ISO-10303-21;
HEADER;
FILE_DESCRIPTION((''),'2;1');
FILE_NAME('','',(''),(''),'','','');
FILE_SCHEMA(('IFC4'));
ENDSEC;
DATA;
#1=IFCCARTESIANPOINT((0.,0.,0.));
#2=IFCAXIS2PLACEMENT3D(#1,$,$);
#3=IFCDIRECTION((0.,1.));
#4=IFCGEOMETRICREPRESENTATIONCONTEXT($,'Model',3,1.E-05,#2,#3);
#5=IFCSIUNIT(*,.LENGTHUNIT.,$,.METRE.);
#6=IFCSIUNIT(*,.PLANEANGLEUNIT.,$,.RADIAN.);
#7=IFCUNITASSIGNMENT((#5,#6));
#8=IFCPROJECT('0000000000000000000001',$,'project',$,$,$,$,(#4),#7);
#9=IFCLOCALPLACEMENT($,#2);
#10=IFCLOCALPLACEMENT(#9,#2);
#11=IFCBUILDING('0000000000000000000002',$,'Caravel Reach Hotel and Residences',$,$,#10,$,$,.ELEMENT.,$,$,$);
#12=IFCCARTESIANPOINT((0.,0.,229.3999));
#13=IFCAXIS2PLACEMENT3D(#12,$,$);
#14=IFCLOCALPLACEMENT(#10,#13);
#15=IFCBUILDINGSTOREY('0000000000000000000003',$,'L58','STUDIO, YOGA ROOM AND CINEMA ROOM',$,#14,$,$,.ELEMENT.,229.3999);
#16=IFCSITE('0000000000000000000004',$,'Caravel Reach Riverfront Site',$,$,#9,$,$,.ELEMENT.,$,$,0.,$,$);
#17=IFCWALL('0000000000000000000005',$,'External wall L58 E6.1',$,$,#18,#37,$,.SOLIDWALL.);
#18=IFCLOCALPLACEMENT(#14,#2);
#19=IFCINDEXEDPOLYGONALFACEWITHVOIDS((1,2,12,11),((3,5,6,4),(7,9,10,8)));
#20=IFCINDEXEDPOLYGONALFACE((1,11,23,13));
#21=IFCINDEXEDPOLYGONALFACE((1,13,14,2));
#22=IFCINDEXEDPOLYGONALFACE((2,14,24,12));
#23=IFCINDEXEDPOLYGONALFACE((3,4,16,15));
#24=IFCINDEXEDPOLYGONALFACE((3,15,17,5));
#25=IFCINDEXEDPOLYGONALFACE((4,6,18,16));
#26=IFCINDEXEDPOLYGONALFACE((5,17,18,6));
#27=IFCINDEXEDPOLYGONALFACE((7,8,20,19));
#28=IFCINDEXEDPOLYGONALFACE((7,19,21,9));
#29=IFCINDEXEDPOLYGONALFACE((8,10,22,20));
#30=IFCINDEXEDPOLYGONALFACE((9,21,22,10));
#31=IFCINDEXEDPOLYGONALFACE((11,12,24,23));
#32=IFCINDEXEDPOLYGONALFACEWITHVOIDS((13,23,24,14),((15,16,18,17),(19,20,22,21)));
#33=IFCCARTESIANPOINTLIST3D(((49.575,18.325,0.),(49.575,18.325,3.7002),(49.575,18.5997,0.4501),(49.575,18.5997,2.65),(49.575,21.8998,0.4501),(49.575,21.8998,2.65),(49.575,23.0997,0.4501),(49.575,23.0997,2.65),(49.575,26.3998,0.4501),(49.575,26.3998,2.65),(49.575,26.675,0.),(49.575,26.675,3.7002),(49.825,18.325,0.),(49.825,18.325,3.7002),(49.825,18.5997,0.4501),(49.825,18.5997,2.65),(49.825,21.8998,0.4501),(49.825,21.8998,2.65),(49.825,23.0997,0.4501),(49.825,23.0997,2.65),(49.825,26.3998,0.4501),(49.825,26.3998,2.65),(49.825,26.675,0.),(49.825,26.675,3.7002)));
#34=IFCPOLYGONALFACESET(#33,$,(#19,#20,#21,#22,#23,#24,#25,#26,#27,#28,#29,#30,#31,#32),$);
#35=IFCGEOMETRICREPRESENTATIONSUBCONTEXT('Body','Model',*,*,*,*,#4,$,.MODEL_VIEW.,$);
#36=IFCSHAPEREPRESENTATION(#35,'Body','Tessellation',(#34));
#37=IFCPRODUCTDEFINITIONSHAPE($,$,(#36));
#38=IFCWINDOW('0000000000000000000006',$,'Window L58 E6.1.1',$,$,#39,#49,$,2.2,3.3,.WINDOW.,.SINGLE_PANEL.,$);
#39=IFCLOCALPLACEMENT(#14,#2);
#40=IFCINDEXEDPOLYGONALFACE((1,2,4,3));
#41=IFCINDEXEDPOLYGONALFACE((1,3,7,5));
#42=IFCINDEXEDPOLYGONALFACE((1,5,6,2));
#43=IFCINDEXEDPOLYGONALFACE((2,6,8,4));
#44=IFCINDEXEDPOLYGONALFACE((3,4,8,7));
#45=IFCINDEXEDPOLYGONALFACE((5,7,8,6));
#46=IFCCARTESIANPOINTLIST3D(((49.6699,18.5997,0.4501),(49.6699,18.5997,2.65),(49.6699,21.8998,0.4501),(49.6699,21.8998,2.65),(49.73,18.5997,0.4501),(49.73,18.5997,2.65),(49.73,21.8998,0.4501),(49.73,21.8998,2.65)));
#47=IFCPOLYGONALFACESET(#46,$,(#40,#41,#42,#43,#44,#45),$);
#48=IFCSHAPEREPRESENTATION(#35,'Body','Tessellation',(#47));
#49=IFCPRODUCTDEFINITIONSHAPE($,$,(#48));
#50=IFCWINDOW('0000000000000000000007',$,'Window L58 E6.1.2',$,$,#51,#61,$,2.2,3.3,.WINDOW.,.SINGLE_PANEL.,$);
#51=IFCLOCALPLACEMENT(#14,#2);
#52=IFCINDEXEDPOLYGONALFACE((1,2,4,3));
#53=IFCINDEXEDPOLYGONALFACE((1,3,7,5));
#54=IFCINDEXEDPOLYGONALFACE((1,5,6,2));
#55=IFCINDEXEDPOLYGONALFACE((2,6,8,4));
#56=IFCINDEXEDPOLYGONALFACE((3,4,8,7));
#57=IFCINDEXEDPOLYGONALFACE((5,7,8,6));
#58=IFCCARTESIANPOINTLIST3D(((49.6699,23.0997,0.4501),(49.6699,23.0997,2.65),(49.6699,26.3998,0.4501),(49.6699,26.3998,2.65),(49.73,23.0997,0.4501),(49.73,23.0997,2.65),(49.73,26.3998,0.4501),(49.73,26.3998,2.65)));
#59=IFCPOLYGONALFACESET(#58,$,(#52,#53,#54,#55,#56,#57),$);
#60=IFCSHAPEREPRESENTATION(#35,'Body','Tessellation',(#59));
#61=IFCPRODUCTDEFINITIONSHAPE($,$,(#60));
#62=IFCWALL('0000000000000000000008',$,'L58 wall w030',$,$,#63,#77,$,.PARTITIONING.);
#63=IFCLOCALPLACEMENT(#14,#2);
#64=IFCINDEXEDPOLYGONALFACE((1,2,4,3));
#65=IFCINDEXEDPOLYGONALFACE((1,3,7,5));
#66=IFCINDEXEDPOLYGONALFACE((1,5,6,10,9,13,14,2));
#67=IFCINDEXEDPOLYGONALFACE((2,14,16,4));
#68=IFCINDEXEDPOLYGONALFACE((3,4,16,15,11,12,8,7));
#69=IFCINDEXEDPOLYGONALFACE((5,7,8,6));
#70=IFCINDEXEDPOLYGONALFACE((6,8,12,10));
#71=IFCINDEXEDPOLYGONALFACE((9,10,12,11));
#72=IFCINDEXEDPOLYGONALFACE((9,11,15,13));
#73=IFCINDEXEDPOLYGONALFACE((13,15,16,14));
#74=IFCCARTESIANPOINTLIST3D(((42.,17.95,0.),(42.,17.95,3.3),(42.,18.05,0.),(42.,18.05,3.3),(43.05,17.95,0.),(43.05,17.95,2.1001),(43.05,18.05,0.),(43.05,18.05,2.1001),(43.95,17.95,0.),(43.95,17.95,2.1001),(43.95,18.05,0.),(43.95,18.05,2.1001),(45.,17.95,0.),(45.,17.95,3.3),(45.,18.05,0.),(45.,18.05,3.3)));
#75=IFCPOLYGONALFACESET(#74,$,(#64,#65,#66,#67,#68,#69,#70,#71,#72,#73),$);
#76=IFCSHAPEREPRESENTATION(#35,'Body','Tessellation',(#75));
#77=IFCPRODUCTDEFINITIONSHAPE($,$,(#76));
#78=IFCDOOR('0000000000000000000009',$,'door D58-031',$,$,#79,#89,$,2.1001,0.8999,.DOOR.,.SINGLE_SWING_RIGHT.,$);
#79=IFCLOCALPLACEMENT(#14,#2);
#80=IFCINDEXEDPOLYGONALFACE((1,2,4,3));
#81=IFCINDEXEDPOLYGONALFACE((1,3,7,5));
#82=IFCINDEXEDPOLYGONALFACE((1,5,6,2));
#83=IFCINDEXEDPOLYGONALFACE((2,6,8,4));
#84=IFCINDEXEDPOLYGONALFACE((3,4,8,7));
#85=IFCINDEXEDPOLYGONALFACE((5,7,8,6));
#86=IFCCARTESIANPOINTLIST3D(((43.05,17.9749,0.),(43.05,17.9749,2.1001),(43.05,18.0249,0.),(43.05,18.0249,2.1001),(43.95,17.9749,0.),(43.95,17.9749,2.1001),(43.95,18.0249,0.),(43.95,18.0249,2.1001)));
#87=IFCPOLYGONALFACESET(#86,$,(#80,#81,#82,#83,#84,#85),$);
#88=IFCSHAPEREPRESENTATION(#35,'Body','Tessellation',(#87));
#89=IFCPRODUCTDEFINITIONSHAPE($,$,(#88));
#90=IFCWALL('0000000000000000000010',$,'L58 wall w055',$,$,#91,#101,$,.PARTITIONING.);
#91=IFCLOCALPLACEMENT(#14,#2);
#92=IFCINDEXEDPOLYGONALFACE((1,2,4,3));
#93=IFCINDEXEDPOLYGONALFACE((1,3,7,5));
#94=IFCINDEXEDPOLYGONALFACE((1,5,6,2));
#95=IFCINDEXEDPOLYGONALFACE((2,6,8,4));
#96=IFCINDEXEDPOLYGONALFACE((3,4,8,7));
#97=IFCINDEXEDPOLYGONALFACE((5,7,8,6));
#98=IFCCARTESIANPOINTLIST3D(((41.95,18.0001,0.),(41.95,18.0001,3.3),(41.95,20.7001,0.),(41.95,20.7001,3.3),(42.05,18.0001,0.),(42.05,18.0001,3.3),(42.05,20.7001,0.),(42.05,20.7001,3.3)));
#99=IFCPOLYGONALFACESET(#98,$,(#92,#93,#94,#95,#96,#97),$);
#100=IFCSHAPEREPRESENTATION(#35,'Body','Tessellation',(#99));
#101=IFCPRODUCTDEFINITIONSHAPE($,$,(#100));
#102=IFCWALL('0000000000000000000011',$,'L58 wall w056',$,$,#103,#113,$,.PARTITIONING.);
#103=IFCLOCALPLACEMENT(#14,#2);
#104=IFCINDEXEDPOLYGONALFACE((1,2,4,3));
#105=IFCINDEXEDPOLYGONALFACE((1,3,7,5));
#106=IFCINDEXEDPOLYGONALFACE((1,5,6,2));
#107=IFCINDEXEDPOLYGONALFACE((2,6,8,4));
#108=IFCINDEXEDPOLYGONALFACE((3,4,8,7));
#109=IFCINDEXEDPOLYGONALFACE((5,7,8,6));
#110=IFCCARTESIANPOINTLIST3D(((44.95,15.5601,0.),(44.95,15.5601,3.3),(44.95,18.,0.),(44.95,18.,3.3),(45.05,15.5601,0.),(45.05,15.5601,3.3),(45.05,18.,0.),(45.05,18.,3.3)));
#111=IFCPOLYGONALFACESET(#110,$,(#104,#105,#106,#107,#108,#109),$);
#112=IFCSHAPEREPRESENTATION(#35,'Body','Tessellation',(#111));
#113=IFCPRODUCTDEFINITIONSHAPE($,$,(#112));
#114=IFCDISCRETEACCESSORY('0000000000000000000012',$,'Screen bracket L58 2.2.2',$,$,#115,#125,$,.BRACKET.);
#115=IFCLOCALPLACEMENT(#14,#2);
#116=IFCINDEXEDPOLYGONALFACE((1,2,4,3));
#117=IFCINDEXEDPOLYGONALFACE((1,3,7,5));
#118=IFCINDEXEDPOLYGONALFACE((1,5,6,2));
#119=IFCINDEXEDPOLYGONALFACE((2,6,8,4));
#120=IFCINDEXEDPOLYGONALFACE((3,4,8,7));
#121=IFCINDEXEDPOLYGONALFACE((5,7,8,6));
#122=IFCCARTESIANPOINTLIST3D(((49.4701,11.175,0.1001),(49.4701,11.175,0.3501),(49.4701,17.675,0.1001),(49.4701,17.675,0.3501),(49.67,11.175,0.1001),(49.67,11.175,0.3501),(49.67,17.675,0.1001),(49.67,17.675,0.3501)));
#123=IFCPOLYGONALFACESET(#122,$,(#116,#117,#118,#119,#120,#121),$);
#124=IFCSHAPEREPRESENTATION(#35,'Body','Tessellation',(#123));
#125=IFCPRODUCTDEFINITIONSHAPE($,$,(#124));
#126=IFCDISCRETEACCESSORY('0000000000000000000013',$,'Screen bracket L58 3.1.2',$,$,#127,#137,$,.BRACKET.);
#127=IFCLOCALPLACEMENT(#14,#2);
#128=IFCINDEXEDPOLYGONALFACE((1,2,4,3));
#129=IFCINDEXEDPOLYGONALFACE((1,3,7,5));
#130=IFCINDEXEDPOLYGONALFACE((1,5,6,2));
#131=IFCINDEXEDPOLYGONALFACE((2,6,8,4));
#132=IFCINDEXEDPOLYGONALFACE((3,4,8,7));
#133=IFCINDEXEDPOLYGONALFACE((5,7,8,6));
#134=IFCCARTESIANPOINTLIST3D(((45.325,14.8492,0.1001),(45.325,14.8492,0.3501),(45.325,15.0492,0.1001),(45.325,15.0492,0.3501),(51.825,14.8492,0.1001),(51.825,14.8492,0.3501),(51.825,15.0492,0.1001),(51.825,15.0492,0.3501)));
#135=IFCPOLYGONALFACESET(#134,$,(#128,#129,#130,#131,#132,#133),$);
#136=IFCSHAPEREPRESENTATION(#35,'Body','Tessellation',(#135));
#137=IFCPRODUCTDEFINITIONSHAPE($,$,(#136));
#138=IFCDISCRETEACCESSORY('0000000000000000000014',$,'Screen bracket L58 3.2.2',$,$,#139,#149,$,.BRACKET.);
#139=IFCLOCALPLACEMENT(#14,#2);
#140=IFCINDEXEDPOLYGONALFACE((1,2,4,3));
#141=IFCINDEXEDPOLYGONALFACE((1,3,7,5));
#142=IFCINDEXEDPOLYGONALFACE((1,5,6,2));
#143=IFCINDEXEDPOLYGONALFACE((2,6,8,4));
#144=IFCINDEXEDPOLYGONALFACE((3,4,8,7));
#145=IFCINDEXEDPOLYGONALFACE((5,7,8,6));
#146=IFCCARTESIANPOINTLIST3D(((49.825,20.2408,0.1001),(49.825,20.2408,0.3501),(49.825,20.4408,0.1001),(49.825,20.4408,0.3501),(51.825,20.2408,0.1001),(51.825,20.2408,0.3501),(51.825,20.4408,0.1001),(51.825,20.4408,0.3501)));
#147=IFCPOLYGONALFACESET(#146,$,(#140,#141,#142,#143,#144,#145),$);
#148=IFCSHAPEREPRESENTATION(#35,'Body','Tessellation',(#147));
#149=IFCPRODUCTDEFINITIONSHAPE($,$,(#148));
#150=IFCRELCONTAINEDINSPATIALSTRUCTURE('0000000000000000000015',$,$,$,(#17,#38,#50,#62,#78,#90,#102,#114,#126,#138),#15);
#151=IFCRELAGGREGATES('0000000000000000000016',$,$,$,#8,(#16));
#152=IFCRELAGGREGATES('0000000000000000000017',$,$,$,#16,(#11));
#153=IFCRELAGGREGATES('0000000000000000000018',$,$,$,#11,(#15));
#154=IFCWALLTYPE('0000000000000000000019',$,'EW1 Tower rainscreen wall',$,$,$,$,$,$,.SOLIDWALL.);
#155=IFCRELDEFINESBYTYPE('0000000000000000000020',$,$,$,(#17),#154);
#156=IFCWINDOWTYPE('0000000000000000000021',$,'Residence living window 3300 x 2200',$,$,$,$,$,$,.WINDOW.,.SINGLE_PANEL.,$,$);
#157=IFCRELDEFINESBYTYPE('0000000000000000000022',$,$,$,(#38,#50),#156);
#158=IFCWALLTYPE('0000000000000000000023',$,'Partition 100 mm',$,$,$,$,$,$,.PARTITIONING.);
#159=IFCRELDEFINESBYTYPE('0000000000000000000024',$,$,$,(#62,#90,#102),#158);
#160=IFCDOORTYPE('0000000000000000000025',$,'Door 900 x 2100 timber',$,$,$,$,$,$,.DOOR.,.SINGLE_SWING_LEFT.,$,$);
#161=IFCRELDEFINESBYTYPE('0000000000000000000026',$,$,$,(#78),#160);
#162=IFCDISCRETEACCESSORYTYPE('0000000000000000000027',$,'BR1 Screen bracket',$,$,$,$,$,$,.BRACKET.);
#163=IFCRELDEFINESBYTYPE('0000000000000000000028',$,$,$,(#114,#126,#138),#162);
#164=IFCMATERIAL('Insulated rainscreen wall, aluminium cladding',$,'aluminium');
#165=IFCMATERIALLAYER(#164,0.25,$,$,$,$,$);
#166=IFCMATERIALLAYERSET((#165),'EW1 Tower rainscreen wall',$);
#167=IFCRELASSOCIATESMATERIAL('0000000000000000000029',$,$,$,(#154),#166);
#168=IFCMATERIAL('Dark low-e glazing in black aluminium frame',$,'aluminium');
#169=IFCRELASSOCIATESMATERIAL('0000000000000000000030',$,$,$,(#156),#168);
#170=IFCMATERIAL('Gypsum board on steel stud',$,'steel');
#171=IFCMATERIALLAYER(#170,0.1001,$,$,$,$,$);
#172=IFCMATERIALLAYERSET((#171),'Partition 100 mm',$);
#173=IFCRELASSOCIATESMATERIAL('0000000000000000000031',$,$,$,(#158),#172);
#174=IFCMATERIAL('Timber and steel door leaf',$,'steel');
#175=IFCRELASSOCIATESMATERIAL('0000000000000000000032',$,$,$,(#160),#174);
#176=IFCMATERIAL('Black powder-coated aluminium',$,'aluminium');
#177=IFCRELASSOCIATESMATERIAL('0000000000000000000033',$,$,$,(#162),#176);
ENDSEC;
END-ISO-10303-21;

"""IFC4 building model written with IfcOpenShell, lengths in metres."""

from ifc_helpers import new_model, si_unit, direction, frame, frame_2d, origin, origin_2d, place, context, subcontext, project, spatial, rectangle, extrude, material, layer, layer_set, type_object, element, fill, save


model = new_model("IFC4")

# Units and contexts
model_context = context("Model", 3, precision=1e-05, world=origin(), true_north=direction((0.0, 1.0)))
body_context = subcontext(model_context, "Body", "Model", "MODEL_VIEW")
ifc_project = project(units=[si_unit("LENGTHUNIT", "METRE"), si_unit("PLANEANGLEUNIT", "RADIAN")], contexts=[model_context])

# Site, building, storey
site_placement = place(None, origin())
site = spatial("IfcSite", under=ifc_project, at=site_placement, Name="Caravel Reach Riverfront Site", CompositionType="ELEMENT", RefElevation=0.0)
building_placement = place(site_placement, origin())
building = spatial("IfcBuilding", under=site, at=building_placement, Name="Caravel Reach Hotel and Residences", CompositionType="ELEMENT")
storey_placement = place(building_placement, frame((0.0, 0.0, 229.3999)))
storey = spatial("IfcBuildingStorey", under=building, at=storey_placement, Name="L58", Description="STUDIO, YOGA ROOM AND CINEMA ROOM", CompositionType="ELEMENT", Elevation=229.3999)

# Shared definitions
ifc_material_1 = material(Name="Insulated rainscreen wall, aluminium cladding", Category="aluminium")
ifc_layer_1 = layer(ifc_material_1, 0.25)
ifc_layer_set_1 = layer_set([ifc_layer_1], Name="EW1 Tower rainscreen wall")
wall_type_1 = type_object("IfcWallType", Name="EW1 Tower rainscreen wall", PredefinedType="SOLIDWALL", material=ifc_layer_set_1)

# Wall, openings, windows
wall_1_placement = place(storey_placement, frame((49.7, 18.325, 0.0), z_axis=(0.0, 0.0, 1.0), x_axis=(0.0, 1.0, 0.0)))
wall_1 = element("IfcWall", 1, at=wall_1_placement, inside=storey, type_object=wall_type_1, Name="External wall L58 E6.1", PredefinedType="SOLIDWALL", context=body_context, shape_type="SweptSolid", body=[
    extrude(rectangle(XDim=8.3501, YDim=0.25, at=frame_2d((4.175, 0.0))), origin(), (0.0, 0.0, 1.0), 3.7002),
])
opening_1_placement = place(wall_1_placement, frame((0.2749, 0.0, 0.45)))
opening_1 = element("IfcOpeningElement", 2, at=opening_1_placement, cuts=wall_1, PredefinedType="OPENING", context=body_context, shape_type="SweptSolid", body=[
    extrude(rectangle(XDim=3.3, YDim=2.2, at=frame_2d((1.6499, 1.1001))), frame((0.0, 0.135, 0.0), z_axis=(0.0, -1.0, 0.0), x_axis=(1.0, 0.0, 0.0)), (0.0, 0.0, 1.0), 0.27),
])
opening_2_placement = place(wall_1_placement, frame((4.7749, 0.0, 0.45)))
opening_2 = element("IfcOpeningElement", 3, at=opening_2_placement, cuts=wall_1, PredefinedType="OPENING", context=body_context, shape_type="SweptSolid", body=[
    extrude(rectangle(XDim=3.3, YDim=2.2, at=frame_2d((1.6499, 1.1001))), frame((0.0, 0.135, 0.0), z_axis=(0.0, -1.0, 0.0), x_axis=(1.0, 0.0, 0.0)), (0.0, 0.0, 1.0), 0.27),
])
ifc_material_2 = material(Name="Dark low-e glazing in black aluminium frame", Category="aluminium")
window_type_1 = type_object("IfcWindowType", Name="Residence living window 3300 x 2200", PartitioningType="SINGLE_PANEL", PredefinedType="WINDOW", material=ifc_material_2)
window_1_placement = place(opening_1_placement, origin())
window_1 = element("IfcWindow", 4, at=window_1_placement, inside=storey, type_object=window_type_1, Name="Window L58 E6.1.1", OverallHeight=2.2, OverallWidth=3.3, PartitioningType="SINGLE_PANEL", PredefinedType="WINDOW", context=body_context, shape_type="SweptSolid", body=[
    extrude(rectangle(XDim=3.3, YDim=2.2, at=frame_2d((1.6499, 1.1001))), frame((0.0, 0.03, 0.0), z_axis=(0.0, -1.0, 0.0), x_axis=(1.0, 0.0, 0.0)), (0.0, 0.0, 1.0), 0.0601),
])
fill(opening_1, window_1)
window_2_placement = place(opening_2_placement, origin())
window_2 = element("IfcWindow", 5, at=window_2_placement, inside=storey, type_object=window_type_1, Name="Window L58 E6.1.2", OverallHeight=2.2, OverallWidth=3.3, PartitioningType="SINGLE_PANEL", PredefinedType="WINDOW", context=body_context, shape_type="SweptSolid", body=[
    extrude(rectangle(XDim=3.3, YDim=2.2, at=frame_2d((1.6499, 1.1001))), frame((0.0, 0.03, 0.0), z_axis=(0.0, -1.0, 0.0), x_axis=(1.0, 0.0, 0.0)), (0.0, 0.0, 1.0), 0.0601),
])
fill(opening_2, window_2)

# Wall, opening, door
ifc_material_3 = material(Name="Gypsum board on steel stud", Category="steel")
ifc_layer_2 = layer(ifc_material_3, 0.1001)
ifc_layer_set_2 = layer_set([ifc_layer_2], Name="Partition 100 mm")
wall_type_2 = type_object("IfcWallType", Name="Partition 100 mm", PredefinedType="PARTITIONING", material=ifc_layer_set_2)
wall_2_placement = place(storey_placement, frame((42.0, 18.0, 0.0), z_axis=(0.0, 0.0, 1.0), x_axis=(1.0, 0.0, 0.0)))
wall_2 = element("IfcWall", 6, at=wall_2_placement, inside=storey, type_object=wall_type_2, Name="L58 wall w030", PredefinedType="PARTITIONING", context=body_context, shape_type="SweptSolid", body=[
    extrude(rectangle(XDim=3.0, YDim=0.1001, at=frame_2d((1.5, 0.0))), origin(), (0.0, 0.0, 1.0), 3.3),
])
opening_3_placement = place(wall_2_placement, frame((1.05, 0.0, 0.0)))
opening_3 = element("IfcOpeningElement", 7, at=opening_3_placement, cuts=wall_2, PredefinedType="OPENING", context=body_context, shape_type="SweptSolid", body=[
    extrude(rectangle(XDim=0.8999, YDim=2.1001, at=frame_2d((0.45, 1.05))), frame((0.0, 0.0601, 0.0), z_axis=(0.0, -1.0, 0.0), x_axis=(1.0, 0.0, 0.0)), (0.0, 0.0, 1.0), 0.1201),
])
ifc_material_4 = material(Name="Timber and steel door leaf", Category="steel")
door_type_1 = type_object("IfcDoorType", Name="Door 900 x 2100 timber", OperationType="SINGLE_SWING_LEFT", PredefinedType="DOOR", material=ifc_material_4)
door_1_placement = place(opening_3_placement, origin())
door_1 = element("IfcDoor", 8, at=door_1_placement, inside=storey, type_object=door_type_1, Name="door D58-031", OperationType="SINGLE_SWING_RIGHT", OverallHeight=2.1001, OverallWidth=0.8999, PredefinedType="DOOR", context=body_context, shape_type="SweptSolid", body=[
    extrude(rectangle(XDim=0.8999, YDim=2.1001, at=frame_2d((0.45, 1.05))), frame((0.0, 0.0249, 0.0), z_axis=(0.0, -1.0, 0.0), x_axis=(1.0, 0.0, 0.0)), (0.0, 0.0, 1.0), 0.05),
])
fill(opening_3, door_1)

# Walls
wall_3_placement = place(storey_placement, frame((42.0, 18.0, 0.0), z_axis=(0.0, 0.0, 1.0), x_axis=(0.0, 1.0, 0.0)))
element("IfcWall", 9, at=wall_3_placement, inside=storey, type_object=wall_type_2, Name="L58 wall w055", PredefinedType="PARTITIONING", context=body_context, shape_type="SweptSolid", body=[
    extrude(rectangle(XDim=2.7, YDim=0.1001, at=frame_2d((1.3501, 0.0))), origin(), (0.0, 0.0, 1.0), 3.3),
])
wall_4_placement = place(storey_placement, frame((45.0, 15.5601, 0.0), z_axis=(0.0, 0.0, 1.0), x_axis=(0.0, 1.0, 0.0)))
element("IfcWall", 10, at=wall_4_placement, inside=storey, type_object=wall_type_2, Name="L58 wall w056", PredefinedType="PARTITIONING", context=body_context, shape_type="SweptSolid", body=[
    extrude(rectangle(XDim=2.4399, YDim=0.1001, at=frame_2d((1.22, 0.0))), origin(), (0.0, 0.0, 1.0), 3.3),
])

# Discrete accessories
ifc_material_5 = material(Name="Black powder-coated aluminium", Category="aluminium")
discrete_accessory_type = type_object("IfcDiscreteAccessoryType", Name="BR1 Screen bracket", PredefinedType="BRACKET", material=ifc_material_5)
for number, where, z_axis, x_axis, name in (
    (11, (49.5701, 14.425, 0.1001), (0.0, 0.0, 1.0), (0.0, -1.0, 0.0), "Screen bracket L58 2.2.2"),
    (12, (48.575, 14.9492, 0.1001), (0.0, 0.0, 1.0), (1.0, 0.0, 0.0), "Screen bracket L58 3.1.2"),
):
    element("IfcDiscreteAccessory", number, at=place(storey_placement, frame(where, z_axis=z_axis, x_axis=x_axis)), inside=storey, type_object=discrete_accessory_type, Name=name, PredefinedType="BRACKET", context=body_context, shape_type="SweptSolid", body=[
        extrude(rectangle(XDim=6.5, YDim=0.2, at=origin_2d()), origin(), (0.0, 0.0, 1.0), 0.25),
    ])
discrete_accessory_placement = place(storey_placement, frame((50.825, 20.3408, 0.1001), z_axis=(0.0, 0.0, 1.0), x_axis=(1.0, 0.0, 0.0)))
element("IfcDiscreteAccessory", 13, at=discrete_accessory_placement, inside=storey, type_object=discrete_accessory_type, Name="Screen bracket L58 3.2.2", PredefinedType="BRACKET", context=body_context, shape_type="SweptSolid", body=[
    extrude(rectangle(XDim=2.0, YDim=0.2, at=origin_2d()), origin(), (0.0, 0.0, 1.0), 0.25),
])

save(model, "model.ifc")
